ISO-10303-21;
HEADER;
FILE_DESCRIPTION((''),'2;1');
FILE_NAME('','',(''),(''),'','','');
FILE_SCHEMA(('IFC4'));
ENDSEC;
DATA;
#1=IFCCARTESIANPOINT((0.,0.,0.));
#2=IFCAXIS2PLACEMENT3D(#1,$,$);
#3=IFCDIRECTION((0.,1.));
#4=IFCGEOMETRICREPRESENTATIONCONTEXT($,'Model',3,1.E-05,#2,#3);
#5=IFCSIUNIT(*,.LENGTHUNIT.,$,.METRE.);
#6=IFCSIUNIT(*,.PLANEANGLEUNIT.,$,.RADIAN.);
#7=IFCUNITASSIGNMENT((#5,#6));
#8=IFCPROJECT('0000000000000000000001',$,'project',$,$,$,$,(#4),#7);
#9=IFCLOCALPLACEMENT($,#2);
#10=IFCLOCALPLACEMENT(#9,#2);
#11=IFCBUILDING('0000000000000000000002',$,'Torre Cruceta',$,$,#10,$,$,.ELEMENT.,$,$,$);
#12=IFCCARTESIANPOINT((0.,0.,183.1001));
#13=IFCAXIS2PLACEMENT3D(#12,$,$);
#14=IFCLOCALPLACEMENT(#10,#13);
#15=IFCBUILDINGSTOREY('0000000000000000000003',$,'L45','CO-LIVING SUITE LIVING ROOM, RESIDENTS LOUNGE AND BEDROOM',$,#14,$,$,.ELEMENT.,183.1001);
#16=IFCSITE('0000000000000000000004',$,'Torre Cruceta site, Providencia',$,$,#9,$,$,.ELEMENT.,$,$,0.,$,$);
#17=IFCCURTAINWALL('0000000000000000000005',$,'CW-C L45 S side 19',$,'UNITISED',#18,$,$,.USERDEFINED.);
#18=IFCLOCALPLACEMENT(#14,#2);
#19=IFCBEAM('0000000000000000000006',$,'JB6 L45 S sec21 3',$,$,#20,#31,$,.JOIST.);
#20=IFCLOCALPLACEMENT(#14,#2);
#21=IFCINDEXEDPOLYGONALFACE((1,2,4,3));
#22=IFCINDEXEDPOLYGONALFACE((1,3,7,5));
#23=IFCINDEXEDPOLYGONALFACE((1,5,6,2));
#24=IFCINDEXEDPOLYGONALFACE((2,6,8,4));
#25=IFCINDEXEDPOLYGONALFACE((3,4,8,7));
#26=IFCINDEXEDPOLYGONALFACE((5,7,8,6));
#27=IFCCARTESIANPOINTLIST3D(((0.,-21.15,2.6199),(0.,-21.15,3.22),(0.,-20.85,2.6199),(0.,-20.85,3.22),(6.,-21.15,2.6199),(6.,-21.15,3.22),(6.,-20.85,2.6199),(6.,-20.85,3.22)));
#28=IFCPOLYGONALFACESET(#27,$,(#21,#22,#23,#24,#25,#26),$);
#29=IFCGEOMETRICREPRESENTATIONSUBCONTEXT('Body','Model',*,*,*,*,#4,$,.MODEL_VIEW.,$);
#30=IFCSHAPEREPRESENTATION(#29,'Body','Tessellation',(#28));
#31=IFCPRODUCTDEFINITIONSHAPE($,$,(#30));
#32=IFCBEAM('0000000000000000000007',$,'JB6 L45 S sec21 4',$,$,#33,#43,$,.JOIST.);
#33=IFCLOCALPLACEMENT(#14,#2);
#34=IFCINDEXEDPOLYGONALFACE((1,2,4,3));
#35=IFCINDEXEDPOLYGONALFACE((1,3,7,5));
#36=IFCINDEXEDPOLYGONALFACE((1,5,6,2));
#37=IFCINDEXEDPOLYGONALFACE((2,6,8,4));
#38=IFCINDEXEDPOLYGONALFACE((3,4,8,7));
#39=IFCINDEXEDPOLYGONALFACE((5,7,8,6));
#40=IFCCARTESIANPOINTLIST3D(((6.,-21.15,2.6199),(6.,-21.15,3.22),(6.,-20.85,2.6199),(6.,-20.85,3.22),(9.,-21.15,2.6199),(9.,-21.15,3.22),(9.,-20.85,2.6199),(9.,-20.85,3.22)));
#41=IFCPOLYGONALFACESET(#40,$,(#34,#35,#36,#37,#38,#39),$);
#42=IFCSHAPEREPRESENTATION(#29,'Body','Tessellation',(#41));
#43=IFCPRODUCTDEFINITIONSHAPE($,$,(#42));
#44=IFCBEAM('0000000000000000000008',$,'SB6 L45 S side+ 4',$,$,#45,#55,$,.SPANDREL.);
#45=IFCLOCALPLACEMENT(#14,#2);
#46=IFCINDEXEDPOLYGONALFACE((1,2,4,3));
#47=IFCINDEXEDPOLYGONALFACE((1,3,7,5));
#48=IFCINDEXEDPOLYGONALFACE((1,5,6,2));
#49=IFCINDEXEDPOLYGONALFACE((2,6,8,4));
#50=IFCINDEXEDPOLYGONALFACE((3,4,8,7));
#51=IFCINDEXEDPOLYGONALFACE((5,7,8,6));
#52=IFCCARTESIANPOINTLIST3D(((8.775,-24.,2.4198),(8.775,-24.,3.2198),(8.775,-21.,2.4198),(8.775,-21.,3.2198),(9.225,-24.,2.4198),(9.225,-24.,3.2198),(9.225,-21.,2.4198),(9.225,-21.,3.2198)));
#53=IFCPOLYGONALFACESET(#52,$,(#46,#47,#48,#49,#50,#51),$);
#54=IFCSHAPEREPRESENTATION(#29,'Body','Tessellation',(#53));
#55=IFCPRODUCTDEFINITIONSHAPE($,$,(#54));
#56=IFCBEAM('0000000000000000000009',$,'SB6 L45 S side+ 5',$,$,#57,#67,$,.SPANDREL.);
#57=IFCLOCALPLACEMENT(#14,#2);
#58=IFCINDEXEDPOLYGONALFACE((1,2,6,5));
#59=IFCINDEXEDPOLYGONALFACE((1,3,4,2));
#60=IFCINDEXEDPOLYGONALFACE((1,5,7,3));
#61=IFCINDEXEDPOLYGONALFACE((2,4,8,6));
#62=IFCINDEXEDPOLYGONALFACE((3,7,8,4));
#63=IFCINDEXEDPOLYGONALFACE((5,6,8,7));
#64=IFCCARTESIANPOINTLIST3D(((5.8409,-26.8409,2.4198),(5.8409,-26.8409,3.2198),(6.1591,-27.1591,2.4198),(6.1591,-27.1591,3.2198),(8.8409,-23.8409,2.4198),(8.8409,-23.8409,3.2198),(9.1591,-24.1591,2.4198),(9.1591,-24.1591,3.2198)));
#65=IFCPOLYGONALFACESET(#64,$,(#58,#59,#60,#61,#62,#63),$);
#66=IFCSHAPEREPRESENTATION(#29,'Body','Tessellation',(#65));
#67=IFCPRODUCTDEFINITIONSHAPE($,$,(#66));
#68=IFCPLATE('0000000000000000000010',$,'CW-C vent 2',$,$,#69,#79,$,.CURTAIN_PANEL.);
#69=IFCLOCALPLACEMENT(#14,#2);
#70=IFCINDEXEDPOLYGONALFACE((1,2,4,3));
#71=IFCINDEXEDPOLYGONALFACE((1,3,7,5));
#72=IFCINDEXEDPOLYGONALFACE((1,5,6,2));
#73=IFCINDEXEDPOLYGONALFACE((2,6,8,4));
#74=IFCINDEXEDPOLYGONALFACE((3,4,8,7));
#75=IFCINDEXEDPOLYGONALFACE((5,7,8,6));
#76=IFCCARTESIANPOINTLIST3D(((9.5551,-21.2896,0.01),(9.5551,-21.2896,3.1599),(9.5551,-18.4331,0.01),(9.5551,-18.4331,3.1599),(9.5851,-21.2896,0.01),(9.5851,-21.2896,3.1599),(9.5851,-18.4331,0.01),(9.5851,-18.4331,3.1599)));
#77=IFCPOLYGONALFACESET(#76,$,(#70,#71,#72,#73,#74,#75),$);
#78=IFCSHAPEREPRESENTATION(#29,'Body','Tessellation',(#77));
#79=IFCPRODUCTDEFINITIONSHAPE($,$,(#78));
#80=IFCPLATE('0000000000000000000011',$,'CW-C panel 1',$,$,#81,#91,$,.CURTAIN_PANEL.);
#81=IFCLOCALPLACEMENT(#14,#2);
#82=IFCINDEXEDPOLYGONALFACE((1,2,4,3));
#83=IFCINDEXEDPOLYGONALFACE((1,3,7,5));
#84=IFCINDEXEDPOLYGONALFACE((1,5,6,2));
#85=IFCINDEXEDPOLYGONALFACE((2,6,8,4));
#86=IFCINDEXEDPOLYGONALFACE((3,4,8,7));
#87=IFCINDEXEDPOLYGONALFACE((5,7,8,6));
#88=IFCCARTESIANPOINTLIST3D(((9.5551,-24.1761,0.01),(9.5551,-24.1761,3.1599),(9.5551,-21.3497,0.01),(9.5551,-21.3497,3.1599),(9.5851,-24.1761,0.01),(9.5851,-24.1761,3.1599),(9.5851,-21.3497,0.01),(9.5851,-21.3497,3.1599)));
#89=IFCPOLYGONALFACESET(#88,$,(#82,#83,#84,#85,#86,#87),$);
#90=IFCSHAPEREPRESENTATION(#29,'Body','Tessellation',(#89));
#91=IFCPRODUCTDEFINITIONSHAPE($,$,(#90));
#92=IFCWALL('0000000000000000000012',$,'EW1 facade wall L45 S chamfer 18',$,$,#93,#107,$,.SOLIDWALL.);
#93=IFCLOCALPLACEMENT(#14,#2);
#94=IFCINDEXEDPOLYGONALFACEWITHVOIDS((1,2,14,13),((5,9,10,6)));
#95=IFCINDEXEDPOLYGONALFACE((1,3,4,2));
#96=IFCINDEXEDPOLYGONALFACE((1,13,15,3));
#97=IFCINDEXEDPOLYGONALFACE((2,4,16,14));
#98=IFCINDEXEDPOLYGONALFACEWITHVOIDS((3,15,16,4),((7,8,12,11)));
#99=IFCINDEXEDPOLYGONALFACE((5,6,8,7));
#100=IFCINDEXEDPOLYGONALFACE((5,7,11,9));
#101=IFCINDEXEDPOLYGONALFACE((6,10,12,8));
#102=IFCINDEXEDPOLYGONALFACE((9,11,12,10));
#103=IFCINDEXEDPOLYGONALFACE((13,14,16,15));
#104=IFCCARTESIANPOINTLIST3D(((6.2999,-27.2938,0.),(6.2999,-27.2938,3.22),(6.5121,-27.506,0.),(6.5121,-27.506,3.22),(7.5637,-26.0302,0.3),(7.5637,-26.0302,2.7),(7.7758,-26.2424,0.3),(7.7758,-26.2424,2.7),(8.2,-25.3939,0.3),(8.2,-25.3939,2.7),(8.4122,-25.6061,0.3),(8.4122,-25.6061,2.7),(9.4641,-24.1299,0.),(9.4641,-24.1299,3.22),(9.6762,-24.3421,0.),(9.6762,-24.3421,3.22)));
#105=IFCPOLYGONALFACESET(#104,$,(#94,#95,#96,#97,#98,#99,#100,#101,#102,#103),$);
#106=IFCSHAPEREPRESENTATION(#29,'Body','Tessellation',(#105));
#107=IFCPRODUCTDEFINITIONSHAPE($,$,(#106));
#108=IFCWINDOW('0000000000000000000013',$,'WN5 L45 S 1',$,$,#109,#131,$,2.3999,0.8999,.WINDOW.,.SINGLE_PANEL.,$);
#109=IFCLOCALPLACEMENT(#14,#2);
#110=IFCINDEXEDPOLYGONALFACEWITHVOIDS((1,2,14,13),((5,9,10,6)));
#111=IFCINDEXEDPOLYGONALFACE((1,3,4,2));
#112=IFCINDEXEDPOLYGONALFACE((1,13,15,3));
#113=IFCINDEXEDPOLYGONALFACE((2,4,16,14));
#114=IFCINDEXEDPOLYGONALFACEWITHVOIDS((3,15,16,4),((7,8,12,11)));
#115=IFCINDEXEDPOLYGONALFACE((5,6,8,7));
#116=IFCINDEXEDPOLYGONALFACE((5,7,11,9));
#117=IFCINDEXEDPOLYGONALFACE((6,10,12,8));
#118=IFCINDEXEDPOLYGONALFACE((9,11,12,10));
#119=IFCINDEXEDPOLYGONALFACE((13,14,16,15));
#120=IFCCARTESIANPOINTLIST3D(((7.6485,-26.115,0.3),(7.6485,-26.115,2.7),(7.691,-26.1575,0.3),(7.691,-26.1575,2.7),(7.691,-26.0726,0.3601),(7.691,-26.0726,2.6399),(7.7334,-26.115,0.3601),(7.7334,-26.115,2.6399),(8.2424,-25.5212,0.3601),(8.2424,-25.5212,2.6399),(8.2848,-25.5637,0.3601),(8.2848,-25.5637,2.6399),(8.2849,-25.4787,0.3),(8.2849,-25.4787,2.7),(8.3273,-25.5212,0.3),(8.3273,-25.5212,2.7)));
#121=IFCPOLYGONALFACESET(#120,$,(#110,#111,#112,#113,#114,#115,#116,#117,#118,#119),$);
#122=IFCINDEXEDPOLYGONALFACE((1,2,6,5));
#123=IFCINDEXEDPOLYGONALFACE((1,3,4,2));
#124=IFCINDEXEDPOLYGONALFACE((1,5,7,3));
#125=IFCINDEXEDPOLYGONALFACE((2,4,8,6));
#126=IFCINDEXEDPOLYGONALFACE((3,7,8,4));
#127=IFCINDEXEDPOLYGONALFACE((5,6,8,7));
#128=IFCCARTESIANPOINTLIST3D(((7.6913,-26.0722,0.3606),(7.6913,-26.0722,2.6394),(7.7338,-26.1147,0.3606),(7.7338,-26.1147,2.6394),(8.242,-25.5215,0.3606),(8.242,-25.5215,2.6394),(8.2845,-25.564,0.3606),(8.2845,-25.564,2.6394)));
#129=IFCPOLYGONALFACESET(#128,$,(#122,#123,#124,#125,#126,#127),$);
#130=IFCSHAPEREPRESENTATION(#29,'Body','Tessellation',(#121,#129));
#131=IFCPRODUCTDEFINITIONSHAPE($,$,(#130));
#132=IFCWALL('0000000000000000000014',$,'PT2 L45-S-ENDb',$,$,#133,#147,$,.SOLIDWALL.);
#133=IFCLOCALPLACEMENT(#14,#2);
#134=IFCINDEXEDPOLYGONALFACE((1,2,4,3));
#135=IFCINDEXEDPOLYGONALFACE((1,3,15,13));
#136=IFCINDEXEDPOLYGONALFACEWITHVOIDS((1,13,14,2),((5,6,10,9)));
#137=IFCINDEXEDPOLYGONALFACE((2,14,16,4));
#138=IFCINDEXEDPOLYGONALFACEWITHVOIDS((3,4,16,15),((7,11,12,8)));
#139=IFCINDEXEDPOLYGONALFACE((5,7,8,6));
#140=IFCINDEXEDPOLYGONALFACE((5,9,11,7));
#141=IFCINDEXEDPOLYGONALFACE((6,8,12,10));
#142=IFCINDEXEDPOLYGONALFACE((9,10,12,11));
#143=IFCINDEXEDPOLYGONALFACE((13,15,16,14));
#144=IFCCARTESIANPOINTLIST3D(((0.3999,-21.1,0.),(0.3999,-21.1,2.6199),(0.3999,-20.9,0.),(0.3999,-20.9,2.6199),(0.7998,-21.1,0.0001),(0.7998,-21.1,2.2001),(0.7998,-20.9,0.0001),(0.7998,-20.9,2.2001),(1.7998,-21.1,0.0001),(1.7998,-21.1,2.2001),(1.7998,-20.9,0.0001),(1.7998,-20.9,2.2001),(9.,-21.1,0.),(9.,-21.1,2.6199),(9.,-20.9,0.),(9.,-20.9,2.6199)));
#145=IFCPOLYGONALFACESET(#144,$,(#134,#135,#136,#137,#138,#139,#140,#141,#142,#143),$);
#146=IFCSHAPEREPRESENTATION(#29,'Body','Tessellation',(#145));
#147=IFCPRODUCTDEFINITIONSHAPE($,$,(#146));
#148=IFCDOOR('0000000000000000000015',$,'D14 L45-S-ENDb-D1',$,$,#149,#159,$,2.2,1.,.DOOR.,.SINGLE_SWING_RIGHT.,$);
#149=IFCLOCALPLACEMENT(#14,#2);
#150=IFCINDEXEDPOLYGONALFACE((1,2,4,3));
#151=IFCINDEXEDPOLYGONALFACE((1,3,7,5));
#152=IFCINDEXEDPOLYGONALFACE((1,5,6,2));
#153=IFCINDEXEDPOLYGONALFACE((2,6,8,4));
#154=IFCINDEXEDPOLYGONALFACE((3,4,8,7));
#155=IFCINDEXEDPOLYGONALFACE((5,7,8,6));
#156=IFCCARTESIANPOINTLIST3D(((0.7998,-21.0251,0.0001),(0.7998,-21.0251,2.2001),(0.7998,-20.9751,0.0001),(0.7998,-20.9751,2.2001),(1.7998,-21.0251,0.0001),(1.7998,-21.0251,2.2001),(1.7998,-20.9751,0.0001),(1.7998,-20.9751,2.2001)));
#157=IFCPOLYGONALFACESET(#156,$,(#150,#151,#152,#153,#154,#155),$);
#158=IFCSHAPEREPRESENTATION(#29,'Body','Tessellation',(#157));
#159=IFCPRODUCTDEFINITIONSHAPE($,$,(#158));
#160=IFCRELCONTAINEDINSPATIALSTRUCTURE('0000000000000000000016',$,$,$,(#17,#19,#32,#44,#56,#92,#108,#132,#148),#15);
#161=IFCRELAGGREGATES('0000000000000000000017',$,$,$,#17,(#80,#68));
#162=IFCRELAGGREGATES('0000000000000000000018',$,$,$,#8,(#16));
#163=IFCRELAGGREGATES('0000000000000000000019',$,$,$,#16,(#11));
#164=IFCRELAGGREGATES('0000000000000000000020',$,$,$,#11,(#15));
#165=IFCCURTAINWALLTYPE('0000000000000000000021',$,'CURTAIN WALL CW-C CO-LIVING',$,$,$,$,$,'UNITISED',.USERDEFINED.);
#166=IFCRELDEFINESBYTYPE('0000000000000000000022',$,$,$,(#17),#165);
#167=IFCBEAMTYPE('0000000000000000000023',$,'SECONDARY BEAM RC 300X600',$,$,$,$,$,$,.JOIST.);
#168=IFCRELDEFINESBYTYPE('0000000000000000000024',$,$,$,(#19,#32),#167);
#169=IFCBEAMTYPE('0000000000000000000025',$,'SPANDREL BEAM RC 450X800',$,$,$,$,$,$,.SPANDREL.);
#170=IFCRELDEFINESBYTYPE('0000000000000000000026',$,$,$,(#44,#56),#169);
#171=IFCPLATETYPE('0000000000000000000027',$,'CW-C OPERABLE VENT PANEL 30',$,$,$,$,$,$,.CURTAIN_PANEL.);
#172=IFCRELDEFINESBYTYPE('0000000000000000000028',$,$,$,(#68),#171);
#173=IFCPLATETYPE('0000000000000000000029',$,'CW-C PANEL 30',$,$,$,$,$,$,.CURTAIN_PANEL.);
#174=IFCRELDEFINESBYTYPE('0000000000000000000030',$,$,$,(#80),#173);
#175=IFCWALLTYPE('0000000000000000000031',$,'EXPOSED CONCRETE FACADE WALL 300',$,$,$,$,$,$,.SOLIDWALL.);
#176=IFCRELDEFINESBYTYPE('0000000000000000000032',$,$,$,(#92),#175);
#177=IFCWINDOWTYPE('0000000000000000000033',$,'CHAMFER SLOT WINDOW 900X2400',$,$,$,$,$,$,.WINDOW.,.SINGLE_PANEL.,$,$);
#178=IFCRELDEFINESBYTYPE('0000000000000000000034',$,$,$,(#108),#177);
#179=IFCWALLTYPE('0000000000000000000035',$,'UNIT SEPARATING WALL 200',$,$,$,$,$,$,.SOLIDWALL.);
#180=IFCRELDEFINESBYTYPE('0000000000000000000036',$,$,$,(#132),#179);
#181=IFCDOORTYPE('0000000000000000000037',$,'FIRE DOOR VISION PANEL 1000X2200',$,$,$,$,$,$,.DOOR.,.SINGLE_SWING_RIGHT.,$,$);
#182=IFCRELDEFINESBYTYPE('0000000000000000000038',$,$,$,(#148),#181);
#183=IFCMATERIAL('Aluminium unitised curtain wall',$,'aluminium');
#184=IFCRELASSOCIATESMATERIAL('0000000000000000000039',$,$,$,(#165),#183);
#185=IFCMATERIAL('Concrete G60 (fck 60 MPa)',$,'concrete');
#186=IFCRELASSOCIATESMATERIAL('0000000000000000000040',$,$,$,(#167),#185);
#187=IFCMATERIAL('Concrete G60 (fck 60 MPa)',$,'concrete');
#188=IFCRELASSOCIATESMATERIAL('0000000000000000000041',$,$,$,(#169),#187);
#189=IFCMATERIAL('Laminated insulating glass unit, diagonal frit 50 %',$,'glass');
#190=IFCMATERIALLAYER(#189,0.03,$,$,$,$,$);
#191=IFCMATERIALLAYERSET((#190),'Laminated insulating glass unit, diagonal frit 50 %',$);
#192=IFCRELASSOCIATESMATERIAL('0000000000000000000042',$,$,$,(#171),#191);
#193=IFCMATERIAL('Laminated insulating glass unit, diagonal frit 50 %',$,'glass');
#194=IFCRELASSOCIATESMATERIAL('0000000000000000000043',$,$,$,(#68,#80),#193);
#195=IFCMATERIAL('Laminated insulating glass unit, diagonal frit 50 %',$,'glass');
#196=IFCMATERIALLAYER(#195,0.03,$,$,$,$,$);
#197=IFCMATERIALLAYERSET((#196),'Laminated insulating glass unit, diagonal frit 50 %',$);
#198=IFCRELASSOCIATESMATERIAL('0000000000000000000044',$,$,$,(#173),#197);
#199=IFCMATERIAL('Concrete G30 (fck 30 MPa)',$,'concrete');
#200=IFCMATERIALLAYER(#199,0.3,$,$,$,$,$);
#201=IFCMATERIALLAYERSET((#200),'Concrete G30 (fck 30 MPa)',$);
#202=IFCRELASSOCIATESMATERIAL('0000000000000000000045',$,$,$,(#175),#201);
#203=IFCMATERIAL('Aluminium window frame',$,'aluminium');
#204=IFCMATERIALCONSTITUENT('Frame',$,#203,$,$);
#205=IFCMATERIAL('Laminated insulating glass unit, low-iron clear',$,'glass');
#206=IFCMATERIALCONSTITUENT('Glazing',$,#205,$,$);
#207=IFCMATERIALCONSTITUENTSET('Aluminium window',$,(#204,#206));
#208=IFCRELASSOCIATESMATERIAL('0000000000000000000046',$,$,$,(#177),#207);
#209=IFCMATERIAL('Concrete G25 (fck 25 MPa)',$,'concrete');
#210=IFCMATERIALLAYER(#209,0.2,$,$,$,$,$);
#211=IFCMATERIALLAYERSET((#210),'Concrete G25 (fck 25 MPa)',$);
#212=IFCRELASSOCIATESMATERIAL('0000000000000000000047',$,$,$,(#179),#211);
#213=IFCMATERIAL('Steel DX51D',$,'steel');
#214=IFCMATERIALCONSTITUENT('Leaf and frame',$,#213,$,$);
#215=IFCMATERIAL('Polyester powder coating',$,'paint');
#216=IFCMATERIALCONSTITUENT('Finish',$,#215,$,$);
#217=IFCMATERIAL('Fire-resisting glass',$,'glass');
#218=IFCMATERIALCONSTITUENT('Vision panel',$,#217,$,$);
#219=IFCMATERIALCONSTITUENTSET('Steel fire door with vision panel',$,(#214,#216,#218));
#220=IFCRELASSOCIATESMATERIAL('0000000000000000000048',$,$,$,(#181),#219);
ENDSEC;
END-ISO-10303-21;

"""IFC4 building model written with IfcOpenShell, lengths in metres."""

from ifc_helpers import new_model, si_unit, direction, frame, frame_2d, origin, origin_2d, place, context, subcontext, project, spatial, rectangle, hollow_rectangle, extrude, material, layer, layer_set, constituent, constituent_set, material_profile, profile_set, type_object, element, fill, aggregate, save


model = new_model("IFC4")

# Units and contexts
model_context = context("Model", 3, precision=1e-05, world=origin(), true_north=direction((0.0, 1.0)))
body_context = subcontext(model_context, "Body", "Model", "MODEL_VIEW")
ifc_project = project(units=[si_unit("LENGTHUNIT", "METRE"), si_unit("PLANEANGLEUNIT", "RADIAN")], contexts=[model_context])

# Site, building, storey
site_placement = place(None, origin())
site = spatial("IfcSite", under=ifc_project, at=site_placement, Name="Torre Cruceta site, Providencia", CompositionType="ELEMENT", RefElevation=0.0)
building_placement = place(site_placement, origin())
building = spatial("IfcBuilding", under=site, at=building_placement, Name="Torre Cruceta", CompositionType="ELEMENT")
storey_placement = place(building_placement, frame((0.0, 0.0, 183.1001)))
storey = spatial("IfcBuildingStorey", under=building, at=storey_placement, Name="L45", Description="CO-LIVING SUITE LIVING ROOM, RESIDENTS LOUNGE AND BEDROOM", CompositionType="ELEMENT", Elevation=183.1001)

# Curtain wall
ifc_material_1 = material(Name="Aluminium unitised curtain wall", Category="aluminium")
curtain_wall_type = type_object("IfcCurtainWallType", Name="CURTAIN WALL CW-C CO-LIVING", ElementType="UNITISED", PredefinedType="USERDEFINED", material=ifc_material_1)
curtain_wall_placement = place(storey_placement, origin())
curtain_wall = element("IfcCurtainWall", 1, at=curtain_wall_placement, inside=storey, type_object=curtain_wall_type, Name="CW-C L45 S side 19", ObjectType="UNITISED", PredefinedType="USERDEFINED")

# Beams
ifc_material_2 = material(Name="Concrete G60 (fck 60 MPa)", Category="concrete")
ifc_material_profile_1 = material_profile(ifc_material_2, rectangle(XDim=0.3, YDim=0.6001, at=origin_2d()), Name="RC 300X600")
ifc_profile_set_1 = profile_set([ifc_material_profile_1], Name="Concrete G60 (fck 60 MPa)")
beam_type_1 = type_object("IfcBeamType", Name="SECONDARY BEAM RC 300X600", PredefinedType="JOIST", material=ifc_profile_set_1)
beam_1_placement = place(storey_placement, frame((0.0, -21.0, 2.9199), z_axis=(1.0, 0.0, 0.0), x_axis=(0.0, 1.0, 0.0)))
element("IfcBeam", 2, at=beam_1_placement, inside=storey, type_object=beam_type_1, Name="JB6 L45 S sec21 3", PredefinedType="JOIST", context=body_context, shape_type="SweptSolid", body=[
    extrude(rectangle(XDim=0.3, YDim=0.6001, at=origin_2d()), origin(), (0.0, 0.0, 1.0), 6.0),
])
beam_2_placement = place(storey_placement, frame((6.0, -21.0, 2.9199), z_axis=(1.0, 0.0, 0.0), x_axis=(0.0, 1.0, 0.0)))
element("IfcBeam", 3, at=beam_2_placement, inside=storey, type_object=beam_type_1, Name="JB6 L45 S sec21 4", PredefinedType="JOIST", context=body_context, shape_type="SweptSolid", body=[
    extrude(rectangle(XDim=0.3, YDim=0.6001, at=origin_2d()), origin(), (0.0, 0.0, 1.0), 3.0),
])
ifc_material_3 = material(Name="Concrete G60 (fck 60 MPa)", Category="concrete")
ifc_material_profile_2 = material_profile(ifc_material_3, rectangle(XDim=0.45, YDim=0.8, at=origin_2d()), Name="RC 450X800")
ifc_profile_set_2 = profile_set([ifc_material_profile_2], Name="Concrete G60 (fck 60 MPa)")
beam_type_2 = type_object("IfcBeamType", Name="SPANDREL BEAM RC 450X800", PredefinedType="SPANDREL", material=ifc_profile_set_2)
beam_3_placement = place(storey_placement, frame((9.0, -21.0, 2.8198), z_axis=(0.0, -1.0, 0.0), x_axis=(1.0, 0.0, 0.0)))
element("IfcBeam", 4, at=beam_3_placement, inside=storey, type_object=beam_type_2, Name="SB6 L45 S side+ 4", PredefinedType="SPANDREL", context=body_context, shape_type="SweptSolid", body=[
    extrude(rectangle(XDim=0.45, YDim=0.8, at=origin_2d()), origin(), (0.0, 0.0, 1.0), 3.0),
])
beam_4_placement = place(storey_placement, frame((9.0, -24.0, 2.8198), z_axis=(-0.707107, -0.707107, 0.0), x_axis=(0.707107, -0.707107, 0.0)))
element("IfcBeam", 5, at=beam_4_placement, inside=storey, type_object=beam_type_2, Name="SB6 L45 S side+ 5", PredefinedType="SPANDREL", context=body_context, shape_type="SweptSolid", body=[
    extrude(rectangle(XDim=0.45, YDim=0.8, at=origin_2d()), origin(), (0.0, 0.0, 1.0), 4.2427),
])

# Plates
ifc_material_4 = material(Name="Laminated insulating glass unit, diagonal frit 50 %", Category="glass")
ifc_material_5 = material(Name="Laminated insulating glass unit, diagonal frit 50 %", Category="glass")
ifc_layer_1 = layer(ifc_material_5, 0.03)
ifc_layer_set_1 = layer_set([ifc_layer_1], Name="Laminated insulating glass unit, diagonal frit 50 %")
plate_type_1 = type_object("IfcPlateType", Name="CW-C OPERABLE VENT PANEL 30", PredefinedType="CURTAIN_PANEL", material=ifc_layer_set_1)
plate_1_placement = place(storey_placement, frame((9.5701, -19.8613, 0.01), z_axis=(0.0, 0.0, 1.0), x_axis=(0.0, 1.0, 0.0)))
plate_1 = element("IfcPlate", 6, at=plate_1_placement, type_object=plate_type_1, material=ifc_material_4, Name="CW-C vent 2", PredefinedType="CURTAIN_PANEL", context=body_context, shape_type="SweptSolid", body=[
    extrude(rectangle(XDim=2.8564, YDim=0.03, at=origin_2d()), origin(), (0.0, 0.0, 1.0), 3.1499),
])
ifc_material_6 = material(Name="Laminated insulating glass unit, diagonal frit 50 %", Category="glass")
ifc_layer_2 = layer(ifc_material_6, 0.03)
ifc_layer_set_2 = layer_set([ifc_layer_2], Name="Laminated insulating glass unit, diagonal frit 50 %")
plate_type_2 = type_object("IfcPlateType", Name="CW-C PANEL 30", PredefinedType="CURTAIN_PANEL", material=ifc_layer_set_2)
plate_2_placement = place(storey_placement, frame((9.5701, -22.7629, 0.01), z_axis=(0.0, 0.0, 1.0), x_axis=(0.0, 1.0, 0.0)))
plate_2 = element("IfcPlate", 7, at=plate_2_placement, type_object=plate_type_2, material=ifc_material_4, Name="CW-C panel 1", PredefinedType="CURTAIN_PANEL", context=body_context, shape_type="SweptSolid", body=[
    extrude(rectangle(XDim=2.8264, YDim=0.03, at=origin_2d()), origin(), (0.0, 0.0, 1.0), 3.1499),
])
aggregate(curtain_wall, [plate_2, plate_1])

# Wall, opening, window
ifc_material_7 = material(Name="Concrete G30 (fck 30 MPa)", Category="concrete")
ifc_layer_3 = layer(ifc_material_7, 0.3)
ifc_layer_set_3 = layer_set([ifc_layer_3], Name="Concrete G30 (fck 30 MPa)")
wall_type_1 = type_object("IfcWallType", Name="EXPOSED CONCRETE FACADE WALL 300", PredefinedType="SOLIDWALL", material=ifc_layer_set_3)
wall_1_placement = place(storey_placement, frame((6.406, -27.3999, 0.0), z_axis=(0.0, 0.0, 1.0), x_axis=(0.707134, 0.707079, 0.0)))
wall_1 = element("IfcWall", 8, at=wall_1_placement, inside=storey, type_object=wall_type_1, Name="EW1 facade wall L45 S chamfer 18", PredefinedType="SOLIDWALL", context=body_context, shape_type="SweptSolid", body=[
    extrude(rectangle(XDim=4.4746, YDim=0.3, at=frame_2d((2.2373, 0.0))), origin(), (0.0, 0.0, 1.0), 3.22),
])
opening_1_placement = place(wall_1_placement, frame((1.7871, 0.0, 0.3)))
opening_1 = element("IfcOpeningElement", 9, at=opening_1_placement, cuts=wall_1, PredefinedType="OPENING", context=body_context, shape_type="SweptSolid", body=[
    extrude(rectangle(XDim=0.8999, YDim=2.3999, at=frame_2d((0.45, 1.2))), frame((0.0, 0.1599, 0.0), z_axis=(0.0, -1.0, 0.0), x_axis=(1.0, 0.0, 0.0)), (0.0, 0.0, 1.0), 0.3201),
])
ifc_material_8 = material(Name="Aluminium window frame", Category="aluminium")
ifc_constituent_1 = constituent(ifc_material_8, Name="Frame")
ifc_material_9 = material(Name="Laminated insulating glass unit, low-iron clear", Category="glass")
ifc_constituent_2 = constituent(ifc_material_9, Name="Glazing")
ifc_constituent_set_1 = constituent_set(constituents=[ifc_constituent_1, ifc_constituent_2], Name="Aluminium window")
window_type = type_object("IfcWindowType", Name="CHAMFER SLOT WINDOW 900X2400", PartitioningType="SINGLE_PANEL", PredefinedType="WINDOW", material=ifc_constituent_set_1)
window_placement = place(opening_1_placement, origin())
window = element("IfcWindow", 10, at=window_placement, inside=storey, type_object=window_type, Name="WN5 L45 S 1", OverallHeight=2.3999, OverallWidth=0.8999, PartitioningType="SINGLE_PANEL", PredefinedType="WINDOW", context=body_context, shape_type="SweptSolid", body=[
    extrude(hollow_rectangle(XDim=0.8999, YDim=2.3999, WallThickness=0.0601, at=frame_2d((0.45, 1.2))), frame((0.0, 0.03, 0.0), z_axis=(0.0, -1.0, 0.0), x_axis=(1.0, 0.0, 0.0)), (0.0, 0.0, 1.0), 0.0601),
    extrude(rectangle(XDim=0.7788, YDim=2.2788, at=frame_2d((0.45, 1.2))), frame((0.0, 0.03, 0.0), z_axis=(0.0, -1.0, 0.0), x_axis=(1.0, 0.0, 0.0)), (0.0, 0.0, 1.0), 0.0601),
])
fill(opening_1, window)

# Wall, opening, door
ifc_material_10 = material(Name="Concrete G25 (fck 25 MPa)", Category="concrete")
ifc_layer_4 = layer(ifc_material_10, 0.2)
ifc_layer_set_4 = layer_set([ifc_layer_4], Name="Concrete G25 (fck 25 MPa)")
wall_type_2 = type_object("IfcWallType", Name="UNIT SEPARATING WALL 200", PredefinedType="SOLIDWALL", material=ifc_layer_set_4)
wall_2_placement = place(storey_placement, frame((0.3999, -21.0, 0.0), z_axis=(0.0, 0.0, 1.0), x_axis=(1.0, 0.0, 0.0)))
wall_2 = element("IfcWall", 11, at=wall_2_placement, inside=storey, type_object=wall_type_2, Name="PT2 L45-S-ENDb", PredefinedType="SOLIDWALL", context=body_context, shape_type="SweptSolid", body=[
    extrude(rectangle(XDim=8.6001, YDim=0.2, at=frame_2d((4.3, 0.0))), origin(), (0.0, 0.0, 1.0), 2.6199),
])
opening_2_placement = place(wall_2_placement, frame((0.3999, 0.0, 0.0)))
opening_2 = element("IfcOpeningElement", 12, at=opening_2_placement, cuts=wall_2, PredefinedType="OPENING", context=body_context, shape_type="SweptSolid", body=[
    extrude(rectangle(XDim=1.0, YDim=2.2, at=frame_2d((0.5, 1.1001))), frame((0.0, 0.1099, 0.0), z_axis=(0.0, -1.0, 0.0), x_axis=(1.0, 0.0, 0.0)), (0.0, 0.0, 1.0), 0.22),
])
ifc_material_11 = material(Name="Steel DX51D", Category="steel")
ifc_constituent_3 = constituent(ifc_material_11, Name="Leaf and frame")
ifc_material_12 = material(Name="Polyester powder coating", Category="paint")
ifc_constituent_4 = constituent(ifc_material_12, Name="Finish")
ifc_material_13 = material(Name="Fire-resisting glass", Category="glass")
ifc_constituent_5 = constituent(ifc_material_13, Name="Vision panel")
ifc_constituent_set_2 = constituent_set(constituents=[ifc_constituent_3, ifc_constituent_4, ifc_constituent_5], Name="Steel fire door with vision panel")
door_type = type_object("IfcDoorType", Name="FIRE DOOR VISION PANEL 1000X2200", OperationType="SINGLE_SWING_RIGHT", PredefinedType="DOOR", material=ifc_constituent_set_2)
door_placement = place(opening_2_placement, frame((1.0, 0.0, 0.0), z_axis=(0.0, 0.0, 1.0), x_axis=(-1.0, 0.0, 0.0)))
door = element("IfcDoor", 13, at=door_placement, inside=storey, type_object=door_type, Name="D14 L45-S-ENDb-D1", OperationType="SINGLE_SWING_RIGHT", OverallHeight=2.2, OverallWidth=1.0, PredefinedType="DOOR", context=body_context, shape_type="SweptSolid", body=[
    extrude(rectangle(XDim=1.0, YDim=2.2, at=frame_2d((0.5, 1.1001))), frame((0.0, 0.0251, 0.0), z_axis=(0.0, -1.0, 0.0), x_axis=(1.0, 0.0, 0.0)), (0.0, 0.0, 1.0), 0.05),
])
fill(opening_2, door)

save(model, "model.ifc")
